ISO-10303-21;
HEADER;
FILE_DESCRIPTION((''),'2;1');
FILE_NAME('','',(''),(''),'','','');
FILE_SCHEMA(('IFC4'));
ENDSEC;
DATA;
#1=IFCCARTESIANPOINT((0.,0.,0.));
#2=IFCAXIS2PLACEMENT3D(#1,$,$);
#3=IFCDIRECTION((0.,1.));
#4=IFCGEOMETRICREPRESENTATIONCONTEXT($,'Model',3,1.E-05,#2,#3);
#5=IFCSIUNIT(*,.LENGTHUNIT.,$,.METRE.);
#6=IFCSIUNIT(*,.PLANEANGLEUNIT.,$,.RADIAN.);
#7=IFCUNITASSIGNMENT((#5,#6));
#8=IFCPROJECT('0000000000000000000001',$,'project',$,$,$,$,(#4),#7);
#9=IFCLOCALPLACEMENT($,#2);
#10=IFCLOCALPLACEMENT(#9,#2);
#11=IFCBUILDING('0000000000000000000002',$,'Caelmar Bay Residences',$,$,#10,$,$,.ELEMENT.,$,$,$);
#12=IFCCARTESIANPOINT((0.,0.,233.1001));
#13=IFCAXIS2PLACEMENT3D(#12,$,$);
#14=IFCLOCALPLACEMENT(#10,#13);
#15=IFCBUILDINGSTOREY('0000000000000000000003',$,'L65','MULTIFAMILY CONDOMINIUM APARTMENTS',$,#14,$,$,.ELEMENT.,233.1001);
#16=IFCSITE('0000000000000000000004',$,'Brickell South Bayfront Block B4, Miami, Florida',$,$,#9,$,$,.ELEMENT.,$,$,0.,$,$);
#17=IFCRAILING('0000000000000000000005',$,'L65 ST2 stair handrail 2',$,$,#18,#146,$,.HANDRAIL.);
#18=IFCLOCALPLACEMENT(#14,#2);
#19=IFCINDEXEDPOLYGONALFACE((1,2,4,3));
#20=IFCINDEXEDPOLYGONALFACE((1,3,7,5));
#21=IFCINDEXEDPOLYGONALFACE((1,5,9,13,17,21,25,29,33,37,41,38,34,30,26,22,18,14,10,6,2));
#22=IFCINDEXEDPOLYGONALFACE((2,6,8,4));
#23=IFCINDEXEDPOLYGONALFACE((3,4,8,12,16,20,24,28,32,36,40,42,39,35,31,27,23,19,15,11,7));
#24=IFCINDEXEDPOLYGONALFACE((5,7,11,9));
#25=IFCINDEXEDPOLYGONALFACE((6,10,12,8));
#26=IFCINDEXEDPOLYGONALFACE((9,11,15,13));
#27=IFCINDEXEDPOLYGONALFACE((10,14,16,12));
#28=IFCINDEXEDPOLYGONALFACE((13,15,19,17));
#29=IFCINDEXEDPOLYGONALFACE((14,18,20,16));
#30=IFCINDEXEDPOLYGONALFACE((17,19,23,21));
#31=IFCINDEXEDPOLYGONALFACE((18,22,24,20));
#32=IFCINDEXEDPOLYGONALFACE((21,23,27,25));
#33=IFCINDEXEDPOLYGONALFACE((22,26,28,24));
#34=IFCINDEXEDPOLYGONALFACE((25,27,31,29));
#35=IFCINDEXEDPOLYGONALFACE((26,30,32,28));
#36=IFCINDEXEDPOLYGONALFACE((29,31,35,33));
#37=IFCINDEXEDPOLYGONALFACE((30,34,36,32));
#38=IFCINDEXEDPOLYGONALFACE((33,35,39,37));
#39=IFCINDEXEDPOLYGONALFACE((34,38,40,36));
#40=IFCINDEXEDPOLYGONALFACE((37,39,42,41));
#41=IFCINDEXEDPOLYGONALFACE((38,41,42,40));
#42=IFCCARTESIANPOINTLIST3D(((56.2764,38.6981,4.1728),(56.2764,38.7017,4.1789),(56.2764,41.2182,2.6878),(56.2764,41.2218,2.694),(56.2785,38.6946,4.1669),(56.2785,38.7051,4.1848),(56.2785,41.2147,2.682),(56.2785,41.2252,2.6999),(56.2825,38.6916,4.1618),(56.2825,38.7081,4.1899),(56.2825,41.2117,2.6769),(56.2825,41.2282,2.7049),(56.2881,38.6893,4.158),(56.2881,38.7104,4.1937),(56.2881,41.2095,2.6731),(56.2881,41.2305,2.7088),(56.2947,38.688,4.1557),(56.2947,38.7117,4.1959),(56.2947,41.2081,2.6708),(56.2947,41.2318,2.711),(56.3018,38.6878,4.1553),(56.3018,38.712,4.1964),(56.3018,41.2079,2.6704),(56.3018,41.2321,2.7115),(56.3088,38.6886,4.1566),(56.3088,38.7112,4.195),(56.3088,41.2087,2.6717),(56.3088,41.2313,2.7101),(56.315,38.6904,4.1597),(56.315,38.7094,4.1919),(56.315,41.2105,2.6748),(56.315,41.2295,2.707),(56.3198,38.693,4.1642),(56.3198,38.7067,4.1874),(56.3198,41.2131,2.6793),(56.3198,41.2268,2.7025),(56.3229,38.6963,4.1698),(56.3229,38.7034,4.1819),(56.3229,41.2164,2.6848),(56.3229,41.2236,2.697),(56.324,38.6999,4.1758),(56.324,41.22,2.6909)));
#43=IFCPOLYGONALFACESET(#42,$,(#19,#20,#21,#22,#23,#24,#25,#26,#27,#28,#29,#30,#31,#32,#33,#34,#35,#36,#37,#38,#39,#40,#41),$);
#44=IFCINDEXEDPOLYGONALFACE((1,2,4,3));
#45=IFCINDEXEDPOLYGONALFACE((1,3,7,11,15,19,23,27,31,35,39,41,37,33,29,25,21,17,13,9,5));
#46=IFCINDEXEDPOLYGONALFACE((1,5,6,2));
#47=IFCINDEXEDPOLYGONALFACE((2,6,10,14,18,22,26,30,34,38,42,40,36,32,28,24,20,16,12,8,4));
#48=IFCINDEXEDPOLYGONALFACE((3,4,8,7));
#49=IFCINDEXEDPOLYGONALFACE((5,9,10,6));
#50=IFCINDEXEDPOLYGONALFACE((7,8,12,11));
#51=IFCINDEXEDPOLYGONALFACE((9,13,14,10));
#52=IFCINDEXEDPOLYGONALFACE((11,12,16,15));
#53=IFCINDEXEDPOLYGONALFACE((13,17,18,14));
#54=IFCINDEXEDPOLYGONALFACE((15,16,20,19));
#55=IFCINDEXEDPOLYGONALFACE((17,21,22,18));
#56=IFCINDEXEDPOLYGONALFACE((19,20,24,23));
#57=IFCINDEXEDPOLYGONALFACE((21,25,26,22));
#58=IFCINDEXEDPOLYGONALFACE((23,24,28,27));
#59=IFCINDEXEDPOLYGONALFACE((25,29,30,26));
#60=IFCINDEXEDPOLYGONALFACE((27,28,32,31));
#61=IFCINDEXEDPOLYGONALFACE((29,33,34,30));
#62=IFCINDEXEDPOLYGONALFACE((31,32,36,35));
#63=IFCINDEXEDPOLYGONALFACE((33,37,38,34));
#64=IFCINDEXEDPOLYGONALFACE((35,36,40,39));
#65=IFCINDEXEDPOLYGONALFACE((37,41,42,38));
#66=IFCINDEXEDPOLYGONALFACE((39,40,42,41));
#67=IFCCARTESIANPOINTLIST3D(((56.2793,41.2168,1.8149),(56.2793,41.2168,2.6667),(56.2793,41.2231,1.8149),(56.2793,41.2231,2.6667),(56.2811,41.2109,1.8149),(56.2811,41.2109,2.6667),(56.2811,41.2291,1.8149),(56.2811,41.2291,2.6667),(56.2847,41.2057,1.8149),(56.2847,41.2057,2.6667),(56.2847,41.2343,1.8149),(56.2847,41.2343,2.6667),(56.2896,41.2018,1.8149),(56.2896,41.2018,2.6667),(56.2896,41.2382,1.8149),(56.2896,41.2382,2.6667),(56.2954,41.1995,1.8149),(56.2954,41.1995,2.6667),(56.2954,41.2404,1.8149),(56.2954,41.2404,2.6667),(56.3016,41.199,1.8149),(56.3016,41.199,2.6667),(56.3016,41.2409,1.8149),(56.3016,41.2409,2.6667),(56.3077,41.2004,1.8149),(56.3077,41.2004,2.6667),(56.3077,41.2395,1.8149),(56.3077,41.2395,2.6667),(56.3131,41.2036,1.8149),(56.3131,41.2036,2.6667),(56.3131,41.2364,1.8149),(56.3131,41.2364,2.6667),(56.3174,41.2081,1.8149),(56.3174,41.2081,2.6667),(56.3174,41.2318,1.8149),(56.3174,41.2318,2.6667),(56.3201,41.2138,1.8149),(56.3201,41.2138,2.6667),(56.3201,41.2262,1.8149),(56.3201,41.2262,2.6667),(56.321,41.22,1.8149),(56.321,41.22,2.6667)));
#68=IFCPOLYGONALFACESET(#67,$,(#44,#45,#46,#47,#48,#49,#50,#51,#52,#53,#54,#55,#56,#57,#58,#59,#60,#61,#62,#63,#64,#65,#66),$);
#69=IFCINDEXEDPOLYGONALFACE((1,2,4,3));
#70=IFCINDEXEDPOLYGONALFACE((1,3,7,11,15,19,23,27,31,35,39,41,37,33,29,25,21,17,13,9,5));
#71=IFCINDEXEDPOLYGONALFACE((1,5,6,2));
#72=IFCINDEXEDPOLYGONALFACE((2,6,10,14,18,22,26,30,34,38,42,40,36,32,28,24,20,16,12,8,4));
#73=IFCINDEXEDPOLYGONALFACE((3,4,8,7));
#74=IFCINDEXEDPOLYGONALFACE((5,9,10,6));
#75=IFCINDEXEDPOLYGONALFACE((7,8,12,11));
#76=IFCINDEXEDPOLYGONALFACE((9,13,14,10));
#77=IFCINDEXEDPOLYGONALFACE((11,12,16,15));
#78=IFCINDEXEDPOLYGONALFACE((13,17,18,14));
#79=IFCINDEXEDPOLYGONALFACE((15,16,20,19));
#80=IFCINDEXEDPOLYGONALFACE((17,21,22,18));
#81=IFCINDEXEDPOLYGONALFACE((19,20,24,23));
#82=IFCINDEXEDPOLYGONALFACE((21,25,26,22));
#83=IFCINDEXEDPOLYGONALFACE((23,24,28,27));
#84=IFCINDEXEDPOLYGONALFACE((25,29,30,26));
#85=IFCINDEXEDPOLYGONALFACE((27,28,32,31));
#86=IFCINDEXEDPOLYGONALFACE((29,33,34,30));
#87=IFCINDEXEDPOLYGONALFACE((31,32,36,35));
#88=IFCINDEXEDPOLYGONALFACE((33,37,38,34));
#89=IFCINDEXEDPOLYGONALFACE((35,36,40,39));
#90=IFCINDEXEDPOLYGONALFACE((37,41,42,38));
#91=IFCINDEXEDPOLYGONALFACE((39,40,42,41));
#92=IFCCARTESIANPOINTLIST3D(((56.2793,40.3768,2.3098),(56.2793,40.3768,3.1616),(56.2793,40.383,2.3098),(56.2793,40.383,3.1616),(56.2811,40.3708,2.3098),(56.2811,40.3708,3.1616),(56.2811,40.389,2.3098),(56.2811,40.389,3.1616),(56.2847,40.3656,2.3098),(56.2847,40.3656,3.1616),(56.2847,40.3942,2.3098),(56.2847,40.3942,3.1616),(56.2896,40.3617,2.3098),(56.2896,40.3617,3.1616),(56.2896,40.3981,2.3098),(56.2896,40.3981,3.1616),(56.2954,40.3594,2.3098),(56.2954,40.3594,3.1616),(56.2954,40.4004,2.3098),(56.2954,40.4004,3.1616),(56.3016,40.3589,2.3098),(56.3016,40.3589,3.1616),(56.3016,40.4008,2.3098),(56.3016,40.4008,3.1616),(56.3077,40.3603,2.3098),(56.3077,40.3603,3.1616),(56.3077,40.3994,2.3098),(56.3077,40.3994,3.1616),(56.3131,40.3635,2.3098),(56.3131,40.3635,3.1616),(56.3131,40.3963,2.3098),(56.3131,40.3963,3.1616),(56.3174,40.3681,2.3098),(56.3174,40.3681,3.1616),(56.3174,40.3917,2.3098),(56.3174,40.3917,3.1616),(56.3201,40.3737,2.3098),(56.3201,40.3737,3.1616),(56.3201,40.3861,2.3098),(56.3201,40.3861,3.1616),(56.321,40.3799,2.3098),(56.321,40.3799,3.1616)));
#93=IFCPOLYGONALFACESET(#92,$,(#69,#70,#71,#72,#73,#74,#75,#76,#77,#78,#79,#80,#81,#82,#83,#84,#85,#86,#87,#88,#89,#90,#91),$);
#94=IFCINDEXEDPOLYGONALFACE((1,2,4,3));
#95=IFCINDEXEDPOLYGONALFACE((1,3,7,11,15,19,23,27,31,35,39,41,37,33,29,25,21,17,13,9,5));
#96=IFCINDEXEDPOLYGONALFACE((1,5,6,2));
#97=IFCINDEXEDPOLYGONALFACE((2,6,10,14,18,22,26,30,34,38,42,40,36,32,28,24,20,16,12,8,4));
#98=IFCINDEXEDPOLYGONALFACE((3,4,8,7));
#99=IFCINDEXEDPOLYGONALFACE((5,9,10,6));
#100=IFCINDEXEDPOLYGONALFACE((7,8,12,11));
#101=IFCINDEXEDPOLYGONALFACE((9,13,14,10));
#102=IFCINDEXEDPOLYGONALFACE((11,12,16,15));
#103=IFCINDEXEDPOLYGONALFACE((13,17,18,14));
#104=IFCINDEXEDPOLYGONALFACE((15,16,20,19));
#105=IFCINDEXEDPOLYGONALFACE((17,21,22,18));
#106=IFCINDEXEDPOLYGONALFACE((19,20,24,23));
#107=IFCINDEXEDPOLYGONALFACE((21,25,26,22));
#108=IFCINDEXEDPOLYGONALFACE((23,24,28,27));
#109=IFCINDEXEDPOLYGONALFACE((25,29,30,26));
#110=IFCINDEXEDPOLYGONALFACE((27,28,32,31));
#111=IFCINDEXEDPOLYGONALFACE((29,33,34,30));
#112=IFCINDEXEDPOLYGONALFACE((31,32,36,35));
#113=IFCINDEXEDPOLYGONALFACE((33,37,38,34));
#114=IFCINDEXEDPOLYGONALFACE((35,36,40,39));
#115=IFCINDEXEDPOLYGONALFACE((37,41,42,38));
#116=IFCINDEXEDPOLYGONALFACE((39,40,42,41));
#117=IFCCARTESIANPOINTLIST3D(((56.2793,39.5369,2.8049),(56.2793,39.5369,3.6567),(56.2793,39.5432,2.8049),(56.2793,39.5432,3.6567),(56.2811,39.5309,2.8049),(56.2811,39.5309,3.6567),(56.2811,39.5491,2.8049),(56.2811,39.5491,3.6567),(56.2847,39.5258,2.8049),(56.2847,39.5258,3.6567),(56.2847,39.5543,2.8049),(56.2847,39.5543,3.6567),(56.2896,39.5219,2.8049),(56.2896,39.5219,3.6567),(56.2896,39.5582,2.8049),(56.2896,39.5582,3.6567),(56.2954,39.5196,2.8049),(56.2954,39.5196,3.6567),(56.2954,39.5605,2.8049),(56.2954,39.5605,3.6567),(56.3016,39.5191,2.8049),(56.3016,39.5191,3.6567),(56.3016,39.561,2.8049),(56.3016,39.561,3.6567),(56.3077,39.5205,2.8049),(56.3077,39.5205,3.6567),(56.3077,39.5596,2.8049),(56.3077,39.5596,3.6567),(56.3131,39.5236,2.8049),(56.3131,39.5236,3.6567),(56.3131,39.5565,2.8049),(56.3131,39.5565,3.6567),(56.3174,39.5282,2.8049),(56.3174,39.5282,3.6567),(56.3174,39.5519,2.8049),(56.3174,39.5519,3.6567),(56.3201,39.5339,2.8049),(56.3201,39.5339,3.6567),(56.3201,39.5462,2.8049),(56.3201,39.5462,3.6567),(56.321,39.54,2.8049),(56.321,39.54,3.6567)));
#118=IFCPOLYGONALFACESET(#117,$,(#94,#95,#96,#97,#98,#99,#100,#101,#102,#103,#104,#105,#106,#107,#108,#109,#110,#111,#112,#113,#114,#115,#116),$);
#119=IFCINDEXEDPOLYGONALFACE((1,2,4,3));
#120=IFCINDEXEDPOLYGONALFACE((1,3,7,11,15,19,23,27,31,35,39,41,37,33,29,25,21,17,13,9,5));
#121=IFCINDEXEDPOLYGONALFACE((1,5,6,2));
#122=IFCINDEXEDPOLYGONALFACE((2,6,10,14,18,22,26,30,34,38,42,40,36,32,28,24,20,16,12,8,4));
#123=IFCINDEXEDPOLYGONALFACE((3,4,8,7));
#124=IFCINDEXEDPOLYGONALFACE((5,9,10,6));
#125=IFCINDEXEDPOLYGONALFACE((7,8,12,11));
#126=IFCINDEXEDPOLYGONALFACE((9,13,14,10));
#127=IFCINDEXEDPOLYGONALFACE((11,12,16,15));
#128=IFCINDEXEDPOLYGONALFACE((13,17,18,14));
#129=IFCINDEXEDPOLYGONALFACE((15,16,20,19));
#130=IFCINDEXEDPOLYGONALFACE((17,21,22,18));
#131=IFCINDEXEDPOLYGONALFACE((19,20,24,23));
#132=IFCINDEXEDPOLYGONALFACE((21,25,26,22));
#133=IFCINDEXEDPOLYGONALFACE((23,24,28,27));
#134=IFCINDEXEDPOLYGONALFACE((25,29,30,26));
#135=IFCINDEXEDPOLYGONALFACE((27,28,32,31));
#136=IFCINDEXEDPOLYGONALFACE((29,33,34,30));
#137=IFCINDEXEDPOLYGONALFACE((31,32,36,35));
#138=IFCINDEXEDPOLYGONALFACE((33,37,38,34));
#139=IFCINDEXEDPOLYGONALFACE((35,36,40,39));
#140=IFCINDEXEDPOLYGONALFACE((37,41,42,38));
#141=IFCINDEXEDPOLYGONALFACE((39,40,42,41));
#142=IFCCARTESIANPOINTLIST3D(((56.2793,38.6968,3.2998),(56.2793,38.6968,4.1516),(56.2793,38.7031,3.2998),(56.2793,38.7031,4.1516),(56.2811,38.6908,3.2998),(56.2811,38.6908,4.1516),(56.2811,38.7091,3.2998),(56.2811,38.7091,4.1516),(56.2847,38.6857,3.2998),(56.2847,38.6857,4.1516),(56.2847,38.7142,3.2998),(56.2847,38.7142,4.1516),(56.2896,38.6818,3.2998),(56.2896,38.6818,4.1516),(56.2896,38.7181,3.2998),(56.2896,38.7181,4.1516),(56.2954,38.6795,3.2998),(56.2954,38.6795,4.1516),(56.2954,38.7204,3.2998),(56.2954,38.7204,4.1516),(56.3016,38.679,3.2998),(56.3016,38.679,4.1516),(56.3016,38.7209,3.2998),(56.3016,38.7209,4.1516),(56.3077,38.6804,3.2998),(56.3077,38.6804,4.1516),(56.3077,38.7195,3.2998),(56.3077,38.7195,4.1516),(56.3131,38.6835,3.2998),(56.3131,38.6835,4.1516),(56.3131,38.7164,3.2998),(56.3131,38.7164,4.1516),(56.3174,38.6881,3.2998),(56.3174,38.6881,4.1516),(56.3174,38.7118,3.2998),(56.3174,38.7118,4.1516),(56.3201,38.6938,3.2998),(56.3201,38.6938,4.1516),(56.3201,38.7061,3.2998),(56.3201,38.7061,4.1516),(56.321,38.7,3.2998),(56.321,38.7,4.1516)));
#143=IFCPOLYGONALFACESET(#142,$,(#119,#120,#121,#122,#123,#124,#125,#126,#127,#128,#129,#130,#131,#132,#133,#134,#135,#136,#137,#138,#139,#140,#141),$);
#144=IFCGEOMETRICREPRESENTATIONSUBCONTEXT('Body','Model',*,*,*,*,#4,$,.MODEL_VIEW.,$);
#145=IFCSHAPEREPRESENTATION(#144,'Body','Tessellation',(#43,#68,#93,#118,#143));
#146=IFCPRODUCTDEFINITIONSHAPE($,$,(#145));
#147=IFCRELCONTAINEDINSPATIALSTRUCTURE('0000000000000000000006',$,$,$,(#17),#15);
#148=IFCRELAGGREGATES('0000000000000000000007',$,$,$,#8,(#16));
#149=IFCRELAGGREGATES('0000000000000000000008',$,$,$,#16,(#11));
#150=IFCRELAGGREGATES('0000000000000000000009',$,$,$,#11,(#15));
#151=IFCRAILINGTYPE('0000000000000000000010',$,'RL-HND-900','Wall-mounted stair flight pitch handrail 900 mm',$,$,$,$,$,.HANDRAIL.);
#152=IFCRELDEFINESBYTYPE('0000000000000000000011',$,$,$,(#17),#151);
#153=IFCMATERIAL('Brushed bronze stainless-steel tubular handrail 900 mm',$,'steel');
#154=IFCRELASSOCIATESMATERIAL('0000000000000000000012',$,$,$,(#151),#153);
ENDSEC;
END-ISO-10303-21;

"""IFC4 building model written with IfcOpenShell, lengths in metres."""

from ifc_helpers import new_model, si_unit, direction, frame, origin, origin_2d, place, context, subcontext, project, spatial, circle, extrude, material, type_object, element, save


model = new_model("IFC4")

# Units and contexts
model_context = context("Model", 3, precision=1e-05, world=origin(), true_north=direction((0.0, 1.0)))
body_context = subcontext(model_context, "Body", "Model", "MODEL_VIEW")
ifc_project = project(units=[si_unit("LENGTHUNIT", "METRE"), si_unit("PLANEANGLEUNIT", "RADIAN")], contexts=[model_context])

# Site, building, storey
site_placement = place(None, origin())
site = spatial("IfcSite", under=ifc_project, at=site_placement, Name="Brickell South Bayfront Block B4, Miami, Florida", CompositionType="ELEMENT", RefElevation=0.0)
building_placement = place(site_placement, origin())
building = spatial("IfcBuilding", under=site, at=building_placement, Name="Caelmar Bay Residences", CompositionType="ELEMENT")
storey_placement = place(building_placement, frame((0.0, 0.0, 233.1001)))
storey = spatial("IfcBuildingStorey", under=building, at=storey_placement, Name="L65", Description="MULTIFAMILY CONDOMINIUM APARTMENTS", CompositionType="ELEMENT", Elevation=233.1001)

# Railing
ifc_material_1 = material(Name="Brushed bronze stainless-steel tubular handrail 900 mm", Category="steel")
railing_type_1 = type_object("IfcRailingType", Name="RL-HND-900", Description="Wall-mounted stair flight pitch handrail 900 mm", PredefinedType="HANDRAIL", material=ifc_material_1)
railing_1_placement = place(storey_placement, frame((56.3, 41.22, 1.8149)))
element("IfcRailing", 1, at=railing_1_placement, inside=storey, type_object=railing_type_1, Name="L65 ST2 stair handrail 2", PredefinedType="HANDRAIL", context=body_context, shape_type="SweptSolid", body=[
    extrude(circle(Radius=0.0239, at=origin_2d()), frame((0.0, 0.0, 0.876), z_axis=(0.0, -0.861561, 0.507655), x_axis=(1.0, 0.0, 0.0)), (0.0, 0.0, 1.0), 2.925),
    extrude(circle(Radius=0.021, at=origin_2d()), origin(), (0.0, 0.0, 1.0), 0.8518),
    extrude(circle(Radius=0.021, at=origin_2d()), frame((0.0, -0.8401, 0.4949)), (0.0, 0.0, 1.0), 0.8518),
    extrude(circle(Radius=0.021, at=origin_2d()), frame((0.0, -1.6799, 0.99)), (0.0, 0.0, 1.0), 0.8518),
    extrude(circle(Radius=0.021, at=origin_2d()), frame((0.0, -2.52, 1.4849)), (0.0, 0.0, 1.0), 0.8518),
])

save(model, "model.ifc")
